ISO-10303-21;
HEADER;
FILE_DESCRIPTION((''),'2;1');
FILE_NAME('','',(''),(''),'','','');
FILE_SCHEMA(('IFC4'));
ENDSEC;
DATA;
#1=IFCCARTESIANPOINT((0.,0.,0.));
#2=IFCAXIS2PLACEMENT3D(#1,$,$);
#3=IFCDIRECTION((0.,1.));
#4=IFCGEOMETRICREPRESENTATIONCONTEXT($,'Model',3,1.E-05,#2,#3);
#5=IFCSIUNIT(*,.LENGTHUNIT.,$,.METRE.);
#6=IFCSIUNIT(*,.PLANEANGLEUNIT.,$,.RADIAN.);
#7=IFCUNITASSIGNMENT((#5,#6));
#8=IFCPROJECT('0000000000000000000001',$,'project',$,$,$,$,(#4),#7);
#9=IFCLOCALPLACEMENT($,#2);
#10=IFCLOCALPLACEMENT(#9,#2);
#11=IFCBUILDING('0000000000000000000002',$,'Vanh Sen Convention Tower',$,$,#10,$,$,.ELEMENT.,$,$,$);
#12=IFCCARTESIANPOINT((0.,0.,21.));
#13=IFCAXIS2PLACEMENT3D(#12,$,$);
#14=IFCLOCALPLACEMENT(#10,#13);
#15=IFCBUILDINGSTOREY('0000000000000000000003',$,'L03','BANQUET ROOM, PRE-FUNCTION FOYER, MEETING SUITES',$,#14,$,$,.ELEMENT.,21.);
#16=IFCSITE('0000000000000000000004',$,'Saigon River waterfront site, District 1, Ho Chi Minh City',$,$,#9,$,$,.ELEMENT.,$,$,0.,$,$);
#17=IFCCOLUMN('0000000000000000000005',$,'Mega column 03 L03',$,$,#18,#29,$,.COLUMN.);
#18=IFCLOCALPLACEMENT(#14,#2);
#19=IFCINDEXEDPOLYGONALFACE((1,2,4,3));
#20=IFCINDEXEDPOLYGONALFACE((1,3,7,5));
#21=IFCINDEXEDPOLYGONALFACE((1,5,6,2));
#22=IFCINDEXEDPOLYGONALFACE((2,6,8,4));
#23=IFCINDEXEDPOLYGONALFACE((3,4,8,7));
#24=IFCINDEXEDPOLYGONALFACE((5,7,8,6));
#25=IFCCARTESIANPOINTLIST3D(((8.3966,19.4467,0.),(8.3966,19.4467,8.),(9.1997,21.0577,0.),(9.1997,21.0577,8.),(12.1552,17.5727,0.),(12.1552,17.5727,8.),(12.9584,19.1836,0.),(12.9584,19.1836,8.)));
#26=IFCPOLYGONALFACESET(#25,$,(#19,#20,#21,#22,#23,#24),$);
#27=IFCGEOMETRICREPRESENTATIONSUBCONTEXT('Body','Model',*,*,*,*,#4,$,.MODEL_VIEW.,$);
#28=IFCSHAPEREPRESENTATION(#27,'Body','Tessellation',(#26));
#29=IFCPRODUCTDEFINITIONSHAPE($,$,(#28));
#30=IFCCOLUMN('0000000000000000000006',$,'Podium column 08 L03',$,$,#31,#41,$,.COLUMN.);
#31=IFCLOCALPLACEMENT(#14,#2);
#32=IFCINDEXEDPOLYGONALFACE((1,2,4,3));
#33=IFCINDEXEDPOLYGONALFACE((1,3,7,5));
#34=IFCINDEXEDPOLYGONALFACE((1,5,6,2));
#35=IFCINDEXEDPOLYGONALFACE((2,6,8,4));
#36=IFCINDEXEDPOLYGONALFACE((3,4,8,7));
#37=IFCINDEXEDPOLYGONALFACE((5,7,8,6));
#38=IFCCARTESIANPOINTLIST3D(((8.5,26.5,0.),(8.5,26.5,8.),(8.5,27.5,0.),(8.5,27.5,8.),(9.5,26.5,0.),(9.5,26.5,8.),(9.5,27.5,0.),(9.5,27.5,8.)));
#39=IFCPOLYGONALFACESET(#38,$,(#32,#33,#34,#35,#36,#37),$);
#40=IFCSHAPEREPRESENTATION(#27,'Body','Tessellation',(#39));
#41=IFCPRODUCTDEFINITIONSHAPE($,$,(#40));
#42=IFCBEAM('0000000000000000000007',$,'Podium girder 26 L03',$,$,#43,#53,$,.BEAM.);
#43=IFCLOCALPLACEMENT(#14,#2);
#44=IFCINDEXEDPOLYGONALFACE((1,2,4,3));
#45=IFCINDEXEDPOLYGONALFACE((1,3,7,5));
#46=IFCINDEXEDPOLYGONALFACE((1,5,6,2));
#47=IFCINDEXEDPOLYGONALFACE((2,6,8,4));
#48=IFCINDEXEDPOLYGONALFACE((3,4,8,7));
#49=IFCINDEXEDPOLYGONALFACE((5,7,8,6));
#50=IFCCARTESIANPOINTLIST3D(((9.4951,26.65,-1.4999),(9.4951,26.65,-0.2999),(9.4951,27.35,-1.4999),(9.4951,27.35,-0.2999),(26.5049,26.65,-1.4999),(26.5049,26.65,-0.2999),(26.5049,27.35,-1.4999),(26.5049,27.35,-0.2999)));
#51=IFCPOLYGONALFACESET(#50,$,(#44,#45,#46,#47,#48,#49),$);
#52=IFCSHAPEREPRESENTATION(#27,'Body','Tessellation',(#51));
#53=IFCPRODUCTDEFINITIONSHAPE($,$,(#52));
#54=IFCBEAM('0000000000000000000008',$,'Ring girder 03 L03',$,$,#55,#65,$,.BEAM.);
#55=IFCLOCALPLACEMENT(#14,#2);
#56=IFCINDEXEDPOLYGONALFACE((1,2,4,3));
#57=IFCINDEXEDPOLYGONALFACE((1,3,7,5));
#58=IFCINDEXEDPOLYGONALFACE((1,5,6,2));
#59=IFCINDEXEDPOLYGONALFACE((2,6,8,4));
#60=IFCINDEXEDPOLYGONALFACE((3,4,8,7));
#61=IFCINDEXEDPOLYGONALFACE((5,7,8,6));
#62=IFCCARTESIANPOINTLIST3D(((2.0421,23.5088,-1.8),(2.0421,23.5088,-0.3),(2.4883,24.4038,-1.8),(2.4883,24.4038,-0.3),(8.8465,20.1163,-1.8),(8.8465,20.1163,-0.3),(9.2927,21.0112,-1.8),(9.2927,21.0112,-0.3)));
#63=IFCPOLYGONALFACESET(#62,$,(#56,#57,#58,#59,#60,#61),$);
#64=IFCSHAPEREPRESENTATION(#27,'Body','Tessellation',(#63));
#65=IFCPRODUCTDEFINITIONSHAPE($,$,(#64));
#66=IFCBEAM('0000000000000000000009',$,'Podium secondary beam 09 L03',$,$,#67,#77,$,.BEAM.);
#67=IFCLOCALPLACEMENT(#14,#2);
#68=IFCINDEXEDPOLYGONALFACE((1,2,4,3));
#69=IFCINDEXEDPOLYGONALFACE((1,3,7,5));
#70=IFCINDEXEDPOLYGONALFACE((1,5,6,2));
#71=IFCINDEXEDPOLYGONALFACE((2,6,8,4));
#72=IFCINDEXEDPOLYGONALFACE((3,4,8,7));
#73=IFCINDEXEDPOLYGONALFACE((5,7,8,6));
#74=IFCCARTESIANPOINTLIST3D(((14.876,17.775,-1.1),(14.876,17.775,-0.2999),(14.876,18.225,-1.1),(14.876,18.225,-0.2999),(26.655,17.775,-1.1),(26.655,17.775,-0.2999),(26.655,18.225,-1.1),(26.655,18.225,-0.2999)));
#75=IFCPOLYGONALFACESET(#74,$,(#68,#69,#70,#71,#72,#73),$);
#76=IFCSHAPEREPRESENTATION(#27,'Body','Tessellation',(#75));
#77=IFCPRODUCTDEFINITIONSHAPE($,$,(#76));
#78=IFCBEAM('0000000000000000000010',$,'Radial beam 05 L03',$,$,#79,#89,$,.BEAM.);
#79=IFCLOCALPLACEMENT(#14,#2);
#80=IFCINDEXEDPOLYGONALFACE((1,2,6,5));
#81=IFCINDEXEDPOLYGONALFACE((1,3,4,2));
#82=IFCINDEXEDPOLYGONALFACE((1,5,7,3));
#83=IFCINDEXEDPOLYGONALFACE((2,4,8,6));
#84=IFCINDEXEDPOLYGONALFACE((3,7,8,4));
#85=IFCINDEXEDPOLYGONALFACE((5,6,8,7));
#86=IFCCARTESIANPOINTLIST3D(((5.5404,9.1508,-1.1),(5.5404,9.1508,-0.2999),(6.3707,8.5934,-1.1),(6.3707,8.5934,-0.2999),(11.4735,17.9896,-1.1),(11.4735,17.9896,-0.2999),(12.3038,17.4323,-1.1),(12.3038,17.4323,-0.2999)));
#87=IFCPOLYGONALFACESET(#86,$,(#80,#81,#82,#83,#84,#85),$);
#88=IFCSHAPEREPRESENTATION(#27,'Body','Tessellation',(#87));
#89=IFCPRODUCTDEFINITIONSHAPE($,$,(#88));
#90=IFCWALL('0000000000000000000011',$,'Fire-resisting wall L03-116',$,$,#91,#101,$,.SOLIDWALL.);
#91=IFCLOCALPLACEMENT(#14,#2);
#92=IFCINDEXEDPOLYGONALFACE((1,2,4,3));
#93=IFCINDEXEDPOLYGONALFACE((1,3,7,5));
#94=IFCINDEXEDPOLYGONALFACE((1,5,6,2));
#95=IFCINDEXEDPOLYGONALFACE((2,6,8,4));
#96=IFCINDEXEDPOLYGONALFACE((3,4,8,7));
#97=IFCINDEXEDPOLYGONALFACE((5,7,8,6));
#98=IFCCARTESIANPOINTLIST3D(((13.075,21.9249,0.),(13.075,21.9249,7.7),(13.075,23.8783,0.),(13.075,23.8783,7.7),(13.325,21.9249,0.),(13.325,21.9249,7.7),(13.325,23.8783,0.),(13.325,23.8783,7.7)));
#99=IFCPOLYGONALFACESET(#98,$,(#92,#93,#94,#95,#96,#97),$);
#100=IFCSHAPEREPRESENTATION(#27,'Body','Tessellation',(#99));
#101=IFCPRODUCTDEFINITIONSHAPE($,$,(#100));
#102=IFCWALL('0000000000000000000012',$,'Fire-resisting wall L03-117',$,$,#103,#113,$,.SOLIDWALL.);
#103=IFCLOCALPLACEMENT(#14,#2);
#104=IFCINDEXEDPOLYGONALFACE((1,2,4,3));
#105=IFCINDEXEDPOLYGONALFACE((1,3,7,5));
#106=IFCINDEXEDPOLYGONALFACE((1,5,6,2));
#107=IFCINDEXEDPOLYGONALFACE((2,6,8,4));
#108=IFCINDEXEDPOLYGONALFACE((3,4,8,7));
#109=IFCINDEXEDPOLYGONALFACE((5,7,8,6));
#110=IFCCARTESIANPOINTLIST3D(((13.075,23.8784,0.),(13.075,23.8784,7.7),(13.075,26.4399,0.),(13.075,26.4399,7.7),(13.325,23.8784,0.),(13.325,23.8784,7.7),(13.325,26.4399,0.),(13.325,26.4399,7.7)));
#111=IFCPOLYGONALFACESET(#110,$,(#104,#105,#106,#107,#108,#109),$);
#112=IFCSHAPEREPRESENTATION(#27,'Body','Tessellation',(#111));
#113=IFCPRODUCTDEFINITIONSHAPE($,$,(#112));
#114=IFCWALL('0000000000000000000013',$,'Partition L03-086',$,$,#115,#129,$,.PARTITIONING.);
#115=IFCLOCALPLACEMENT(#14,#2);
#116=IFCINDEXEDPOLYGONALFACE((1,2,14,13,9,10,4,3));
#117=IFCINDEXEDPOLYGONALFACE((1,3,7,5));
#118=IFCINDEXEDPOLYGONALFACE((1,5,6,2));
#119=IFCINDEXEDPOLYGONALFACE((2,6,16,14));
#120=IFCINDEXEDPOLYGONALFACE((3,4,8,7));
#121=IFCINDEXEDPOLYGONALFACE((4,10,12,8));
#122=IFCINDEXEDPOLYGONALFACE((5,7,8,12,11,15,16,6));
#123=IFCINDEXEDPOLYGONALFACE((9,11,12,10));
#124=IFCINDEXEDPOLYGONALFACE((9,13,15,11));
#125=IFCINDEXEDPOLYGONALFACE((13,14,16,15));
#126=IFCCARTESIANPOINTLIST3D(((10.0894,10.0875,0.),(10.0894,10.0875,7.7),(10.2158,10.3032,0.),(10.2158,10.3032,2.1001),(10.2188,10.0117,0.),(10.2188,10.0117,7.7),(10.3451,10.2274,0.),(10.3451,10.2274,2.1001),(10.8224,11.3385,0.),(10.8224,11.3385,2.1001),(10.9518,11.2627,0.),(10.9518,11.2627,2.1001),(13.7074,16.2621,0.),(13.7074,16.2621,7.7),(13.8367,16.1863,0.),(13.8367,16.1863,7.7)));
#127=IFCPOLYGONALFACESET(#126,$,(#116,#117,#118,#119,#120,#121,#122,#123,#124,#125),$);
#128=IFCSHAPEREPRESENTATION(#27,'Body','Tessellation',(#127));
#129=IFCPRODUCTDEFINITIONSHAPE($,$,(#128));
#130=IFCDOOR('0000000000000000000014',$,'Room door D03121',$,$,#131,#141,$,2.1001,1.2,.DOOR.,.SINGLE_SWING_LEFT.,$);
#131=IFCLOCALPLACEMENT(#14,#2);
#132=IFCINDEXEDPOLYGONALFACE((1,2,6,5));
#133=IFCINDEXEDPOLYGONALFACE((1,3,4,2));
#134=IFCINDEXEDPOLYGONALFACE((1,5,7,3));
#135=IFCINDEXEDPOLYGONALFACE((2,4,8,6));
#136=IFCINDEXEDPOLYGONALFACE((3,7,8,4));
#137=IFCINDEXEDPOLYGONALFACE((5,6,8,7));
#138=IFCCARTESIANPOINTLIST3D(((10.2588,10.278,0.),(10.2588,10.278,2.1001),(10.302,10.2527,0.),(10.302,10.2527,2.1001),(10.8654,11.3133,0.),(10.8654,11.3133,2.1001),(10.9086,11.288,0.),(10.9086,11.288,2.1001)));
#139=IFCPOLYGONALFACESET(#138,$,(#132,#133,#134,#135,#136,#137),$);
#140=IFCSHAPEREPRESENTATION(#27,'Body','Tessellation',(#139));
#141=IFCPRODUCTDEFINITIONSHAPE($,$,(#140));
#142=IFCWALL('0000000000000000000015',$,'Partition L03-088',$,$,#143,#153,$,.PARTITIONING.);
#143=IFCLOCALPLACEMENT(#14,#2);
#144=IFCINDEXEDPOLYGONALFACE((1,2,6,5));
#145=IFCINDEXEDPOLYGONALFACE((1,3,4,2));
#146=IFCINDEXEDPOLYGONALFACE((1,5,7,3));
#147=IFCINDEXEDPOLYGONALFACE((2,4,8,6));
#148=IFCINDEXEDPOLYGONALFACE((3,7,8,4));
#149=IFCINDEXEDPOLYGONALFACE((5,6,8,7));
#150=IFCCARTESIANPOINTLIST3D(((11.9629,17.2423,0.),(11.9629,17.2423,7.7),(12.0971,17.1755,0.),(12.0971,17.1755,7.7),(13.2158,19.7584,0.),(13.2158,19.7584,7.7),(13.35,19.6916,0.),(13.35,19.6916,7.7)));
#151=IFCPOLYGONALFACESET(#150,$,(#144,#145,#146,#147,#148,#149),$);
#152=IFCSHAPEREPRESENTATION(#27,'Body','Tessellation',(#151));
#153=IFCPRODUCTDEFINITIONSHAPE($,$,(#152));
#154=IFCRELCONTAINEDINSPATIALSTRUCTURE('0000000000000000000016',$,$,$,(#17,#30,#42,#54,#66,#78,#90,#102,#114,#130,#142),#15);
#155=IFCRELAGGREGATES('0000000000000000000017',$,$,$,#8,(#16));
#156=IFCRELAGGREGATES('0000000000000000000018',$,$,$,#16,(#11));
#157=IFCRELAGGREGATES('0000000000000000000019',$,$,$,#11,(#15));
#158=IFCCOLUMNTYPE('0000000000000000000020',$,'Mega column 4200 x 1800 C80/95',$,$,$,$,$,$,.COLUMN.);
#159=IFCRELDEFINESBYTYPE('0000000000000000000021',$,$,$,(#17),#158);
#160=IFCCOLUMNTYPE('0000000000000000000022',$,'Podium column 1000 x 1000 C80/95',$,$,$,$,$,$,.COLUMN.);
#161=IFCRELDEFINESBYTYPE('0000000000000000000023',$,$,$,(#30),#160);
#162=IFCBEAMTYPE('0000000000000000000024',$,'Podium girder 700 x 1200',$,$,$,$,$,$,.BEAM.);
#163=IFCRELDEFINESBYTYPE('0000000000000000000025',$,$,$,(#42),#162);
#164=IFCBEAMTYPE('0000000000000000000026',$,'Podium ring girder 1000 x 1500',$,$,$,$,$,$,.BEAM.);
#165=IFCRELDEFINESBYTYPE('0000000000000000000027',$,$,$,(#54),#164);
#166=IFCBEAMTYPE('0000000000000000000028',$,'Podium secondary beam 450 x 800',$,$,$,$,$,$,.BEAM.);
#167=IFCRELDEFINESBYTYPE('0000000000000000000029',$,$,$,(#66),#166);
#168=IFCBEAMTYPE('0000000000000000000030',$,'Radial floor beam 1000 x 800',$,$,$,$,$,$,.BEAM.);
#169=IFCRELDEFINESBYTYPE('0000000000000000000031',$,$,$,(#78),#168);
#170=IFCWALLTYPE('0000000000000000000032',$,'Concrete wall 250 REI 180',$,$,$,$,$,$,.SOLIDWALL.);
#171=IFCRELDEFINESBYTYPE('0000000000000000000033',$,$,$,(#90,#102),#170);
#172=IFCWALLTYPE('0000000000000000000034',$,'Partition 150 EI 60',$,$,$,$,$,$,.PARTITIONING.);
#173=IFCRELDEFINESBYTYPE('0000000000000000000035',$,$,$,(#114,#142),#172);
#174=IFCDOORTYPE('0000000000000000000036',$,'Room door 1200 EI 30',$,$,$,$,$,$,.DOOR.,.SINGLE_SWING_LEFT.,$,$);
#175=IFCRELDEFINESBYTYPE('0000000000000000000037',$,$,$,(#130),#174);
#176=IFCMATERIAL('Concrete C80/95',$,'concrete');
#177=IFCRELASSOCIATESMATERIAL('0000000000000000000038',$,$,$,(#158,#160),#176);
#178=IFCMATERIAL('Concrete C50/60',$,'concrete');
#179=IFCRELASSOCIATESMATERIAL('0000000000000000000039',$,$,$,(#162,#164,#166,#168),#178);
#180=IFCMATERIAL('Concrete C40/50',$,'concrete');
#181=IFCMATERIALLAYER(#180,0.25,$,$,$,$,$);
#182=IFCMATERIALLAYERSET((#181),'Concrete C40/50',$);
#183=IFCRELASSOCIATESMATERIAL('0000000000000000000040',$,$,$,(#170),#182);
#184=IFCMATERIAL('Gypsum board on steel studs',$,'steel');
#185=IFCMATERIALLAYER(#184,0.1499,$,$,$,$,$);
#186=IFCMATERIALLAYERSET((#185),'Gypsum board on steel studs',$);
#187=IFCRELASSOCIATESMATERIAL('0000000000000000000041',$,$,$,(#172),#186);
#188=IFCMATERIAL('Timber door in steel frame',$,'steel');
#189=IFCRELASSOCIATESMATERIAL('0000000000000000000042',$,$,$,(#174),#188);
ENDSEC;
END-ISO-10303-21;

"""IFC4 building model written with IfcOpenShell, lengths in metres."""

from ifc_helpers import new_model, si_unit, direction, frame, frame_2d, origin, origin_2d, place, context, subcontext, project, spatial, rectangle, extrude, material, layer, layer_set, material_profile, profile_set, type_object, element, fill, save


model = new_model("IFC4")

# Units and contexts
model_context = context("Model", 3, precision=1e-05, world=origin(), true_north=direction((0.0, 1.0)))
body_context = subcontext(model_context, "Body", "Model", "MODEL_VIEW")
ifc_project = project(units=[si_unit("LENGTHUNIT", "METRE"), si_unit("PLANEANGLEUNIT", "RADIAN")], contexts=[model_context])

# Site, building, storey
site_placement = place(None, origin())
site = spatial("IfcSite", under=ifc_project, at=site_placement, Name="Saigon River waterfront site, District 1, Ho Chi Minh City", CompositionType="ELEMENT", RefElevation=0.0)
building_placement = place(site_placement, origin())
building = spatial("IfcBuilding", under=site, at=building_placement, Name="Vanh Sen Convention Tower", CompositionType="ELEMENT")
storey_placement = place(building_placement, frame((0.0, 0.0, 21.0)))
storey = spatial("IfcBuildingStorey", under=building, at=storey_placement, Name="L03", Description="BANQUET ROOM, PRE-FUNCTION FOYER, MEETING SUITES", CompositionType="ELEMENT", Elevation=21.0)

# Columns
ifc_material_1 = material(Name="Concrete C80/95", Category="concrete")
ifc_material_profile_1 = material_profile(ifc_material_1, rectangle(XDim=4.2, YDim=1.8, at=origin_2d()), Name="RC 4200X1800")
ifc_profile_set_1 = profile_set([ifc_material_profile_1], Name="Concrete C80/95")
column_type_1 = type_object("IfcColumnType", Name="Mega column 4200 x 1800 C80/95", PredefinedType="COLUMN", material=ifc_profile_set_1)
column_1_placement = place(storey_placement, frame((10.6775, 19.3152, 0.0), z_axis=(0.0, 0.0, 1.0), x_axis=(-0.894935, 0.446196, 0.0)))
element("IfcColumn", 1, at=column_1_placement, inside=storey, type_object=column_type_1, Name="Mega column 03 L03", PredefinedType="COLUMN", context=body_context, shape_type="SweptSolid", body=[
    extrude(rectangle(XDim=4.2, YDim=1.8, at=origin_2d()), origin(), (0.0, 0.0, 1.0), 8.0),
])
ifc_material_profile_2 = material_profile(ifc_material_1, rectangle(XDim=1.0, YDim=1.0, at=origin_2d()), Name="RC 1000X1000")
ifc_profile_set_2 = profile_set([ifc_material_profile_2], Name="Concrete C80/95")
column_type_2 = type_object("IfcColumnType", Name="Podium column 1000 x 1000 C80/95", PredefinedType="COLUMN", material=ifc_profile_set_2)
column_2_placement = place(storey_placement, frame((9.0, 27.0, 0.0), z_axis=(0.0, 0.0, 1.0), x_axis=(1.0, 0.0, 0.0)))
element("IfcColumn", 2, at=column_2_placement, inside=storey, type_object=column_type_2, Name="Podium column 08 L03", PredefinedType="COLUMN", context=body_context, shape_type="SweptSolid", body=[
    extrude(rectangle(XDim=1.0, YDim=1.0, at=origin_2d()), origin(), (0.0, 0.0, 1.0), 8.0),
])

# Beams
ifc_material_2 = material(Name="Concrete C50/60", Category="concrete")
ifc_material_profile_3 = material_profile(ifc_material_2, rectangle(XDim=0.7, YDim=1.2, at=origin_2d()), Name="RC 700X1200")
ifc_profile_set_3 = profile_set([ifc_material_profile_3], Name="Concrete C50/60")
beam_type_1 = type_object("IfcBeamType", Name="Podium girder 700 x 1200", PredefinedType="BEAM", material=ifc_profile_set_3)
beam_1_placement = place(storey_placement, frame((9.4951, 27.0, -0.8999), z_axis=(1.0, 0.0, 0.0), x_axis=(0.0, 1.0, 0.0)))
element("IfcBeam", 3, at=beam_1_placement, inside=storey, type_object=beam_type_1, Name="Podium girder 26 L03", PredefinedType="BEAM", context=body_context, shape_type="SweptSolid", body=[
    extrude(rectangle(XDim=0.7, YDim=1.2, at=origin_2d()), origin(), (0.0, 0.0, 1.0), 17.0098),
])
ifc_material_profile_4 = material_profile(ifc_material_2, rectangle(XDim=1.0, YDim=1.5, at=origin_2d()), Name="RC 1000X1500")
ifc_profile_set_4 = profile_set([ifc_material_profile_4], Name="Concrete C50/60")
beam_type_2 = type_object("IfcBeamType", Name="Podium ring girder 1000 x 1500", PredefinedType="BEAM", material=ifc_profile_set_4)
beam_2_placement = place(storey_placement, frame((9.0696, 20.5637, -1.05), z_axis=(-0.894934, 0.446199, 0.0), x_axis=(-0.446199, -0.894934, 0.0)))
element("IfcBeam", 4, at=beam_2_placement, inside=storey, type_object=beam_type_2, Name="Ring girder 03 L03", PredefinedType="BEAM", context=body_context, shape_type="SweptSolid", body=[
    extrude(rectangle(XDim=1.0, YDim=1.5, at=origin_2d()), origin(), (0.0, 0.0, 1.0), 7.6033),
])
ifc_material_profile_5 = material_profile(ifc_material_2, rectangle(XDim=0.45, YDim=0.8, at=origin_2d()), Name="RC 450X800")
ifc_profile_set_5 = profile_set([ifc_material_profile_5], Name="Concrete C50/60")
beam_type_3 = type_object("IfcBeamType", Name="Podium secondary beam 450 x 800", PredefinedType="BEAM", material=ifc_profile_set_5)
beam_3_placement = place(storey_placement, frame((14.876, 18.0, -0.7), z_axis=(1.0, 0.0, 0.0), x_axis=(0.0, 1.0, 0.0)))
element("IfcBeam", 5, at=beam_3_placement, inside=storey, type_object=beam_type_3, Name="Podium secondary beam 09 L03", PredefinedType="BEAM", context=body_context, shape_type="SweptSolid", body=[
    extrude(rectangle(XDim=0.45, YDim=0.8, at=origin_2d()), origin(), (0.0, 0.0, 1.0), 11.7791),
])
ifc_material_profile_6 = material_profile(ifc_material_2, rectangle(XDim=1.0, YDim=0.8, at=origin_2d()), Name="RC 1000X800")
ifc_profile_set_6 = profile_set([ifc_material_profile_6], Name="Concrete C50/60")
beam_type_4 = type_object("IfcBeamType", Name="Radial floor beam 1000 x 800", PredefinedType="BEAM", material=ifc_profile_set_6)
beam_4_placement = place(storey_placement, frame((11.8887, 17.7109, -0.7), z_axis=(-0.557333, -0.830289, 0.0), x_axis=(0.830289, -0.557333, 0.0)))
element("IfcBeam", 6, at=beam_4_placement, inside=storey, type_object=beam_type_4, Name="Radial beam 05 L03", PredefinedType="BEAM", context=body_context, shape_type="SweptSolid", body=[
    extrude(rectangle(XDim=1.0, YDim=0.8, at=origin_2d()), origin(), (0.0, 0.0, 1.0), 10.6455),
])

# Walls
ifc_material_3 = material(Name="Concrete C40/50", Category="concrete")
ifc_layer_1 = layer(ifc_material_3, 0.25)
ifc_layer_set_1 = layer_set([ifc_layer_1], Name="Concrete C40/50")
wall_type_1 = type_object("IfcWallType", Name="Concrete wall 250 REI 180", PredefinedType="SOLIDWALL", material=ifc_layer_set_1)
wall_1_placement = place(storey_placement, frame((13.2, 21.925, 0.0), z_axis=(0.0, 0.0, 1.0), x_axis=(0.0, 1.0, 0.0)))
element("IfcWall", 7, at=wall_1_placement, inside=storey, type_object=wall_type_1, Name="Fire-resisting wall L03-116", PredefinedType="SOLIDWALL", context=body_context, shape_type="SweptSolid", body=[
    extrude(rectangle(XDim=1.9534, YDim=0.25, at=frame_2d((0.9766, 0.0))), origin(), (0.0, 0.0, 1.0), 7.7),
])
wall_2_placement = place(storey_placement, frame((13.2, 23.8784, 0.0), z_axis=(0.0, 0.0, 1.0), x_axis=(0.0, 1.0, 0.0)))
element("IfcWall", 8, at=wall_2_placement, inside=storey, type_object=wall_type_1, Name="Fire-resisting wall L03-117", PredefinedType="SOLIDWALL", context=body_context, shape_type="SweptSolid", body=[
    extrude(rectangle(XDim=2.5615, YDim=0.25, at=frame_2d((1.2808, 0.0))), origin(), (0.0, 0.0, 1.0), 7.7),
])

# Wall, opening, door
ifc_material_4 = material(Name="Gypsum board on steel studs", Category="steel")
ifc_layer_2 = layer(ifc_material_4, 0.1499)
ifc_layer_set_2 = layer_set([ifc_layer_2], Name="Gypsum board on steel studs")
wall_type_2 = type_object("IfcWallType", Name="Partition 150 EI 60", PredefinedType="PARTITIONING", material=ifc_layer_set_2)
wall_3_placement = place(storey_placement, frame((13.772, 16.2241, 0.0), z_axis=(0.0, 0.0, 1.0), x_axis=(-0.505548, -0.862799, 0.0)))
wall_3 = element("IfcWall", 9, at=wall_3_placement, inside=storey, type_object=wall_type_2, Name="Partition L03-086", PredefinedType="PARTITIONING", context=body_context, shape_type="SweptSolid", body=[
    extrude(rectangle(XDim=7.1565, YDim=0.1499, at=frame_2d((3.5781, 0.0))), origin(), (0.0, 0.0, 1.0), 7.7),
])
opening_1_placement = place(wall_3_placement, frame((5.7063, 0.0, 0.0)))
opening_1 = element("IfcOpeningElement", 10, at=opening_1_placement, cuts=wall_3, PredefinedType="OPENING", context=body_context, shape_type="SweptSolid", body=[
    extrude(rectangle(XDim=1.2, YDim=2.1001, at=frame_2d((0.6001, 1.05))), frame((0.0, 0.085, 0.0), z_axis=(0.0, -1.0, 0.0), x_axis=(1.0, 0.0, 0.0)), (0.0, 0.0, 1.0), 0.1699),
])
ifc_material_5 = material(Name="Timber door in steel frame", Category="steel")
door_type = type_object("IfcDoorType", Name="Room door 1200 EI 30", OperationType="SINGLE_SWING_LEFT", PredefinedType="DOOR", material=ifc_material_5)
door_1_placement = place(opening_1_placement, origin())
door_1 = element("IfcDoor", 11, at=door_1_placement, inside=storey, type_object=door_type, Name="Room door D03121", OperationType="SINGLE_SWING_LEFT", OverallHeight=2.1001, OverallWidth=1.2, PredefinedType="DOOR", context=body_context, shape_type="SweptSolid", body=[
    extrude(rectangle(XDim=1.2, YDim=2.1001, at=frame_2d((0.6001, 1.05))), frame((0.0, 0.0249, 0.0), z_axis=(0.0, -1.0, 0.0), x_axis=(1.0, 0.0, 0.0)), (0.0, 0.0, 1.0), 0.05),
])
fill(opening_1, door_1)

# Wall
wall_4_placement = place(storey_placement, frame((12.03, 17.209, 0.0), z_axis=(0.0, 0.0, 1.0), x_axis=(0.445754, 0.895156, 0.0)))
element("IfcWall", 12, at=wall_4_placement, inside=storey, type_object=wall_type_2, Name="Partition L03-088", PredefinedType="PARTITIONING", context=body_context, shape_type="SweptSolid", body=[
    extrude(rectangle(XDim=2.8108, YDim=0.1499, at=frame_2d((1.4053, 0.0))), origin(), (0.0, 0.0, 1.0), 7.7),
])

save(model, "model.ifc")
